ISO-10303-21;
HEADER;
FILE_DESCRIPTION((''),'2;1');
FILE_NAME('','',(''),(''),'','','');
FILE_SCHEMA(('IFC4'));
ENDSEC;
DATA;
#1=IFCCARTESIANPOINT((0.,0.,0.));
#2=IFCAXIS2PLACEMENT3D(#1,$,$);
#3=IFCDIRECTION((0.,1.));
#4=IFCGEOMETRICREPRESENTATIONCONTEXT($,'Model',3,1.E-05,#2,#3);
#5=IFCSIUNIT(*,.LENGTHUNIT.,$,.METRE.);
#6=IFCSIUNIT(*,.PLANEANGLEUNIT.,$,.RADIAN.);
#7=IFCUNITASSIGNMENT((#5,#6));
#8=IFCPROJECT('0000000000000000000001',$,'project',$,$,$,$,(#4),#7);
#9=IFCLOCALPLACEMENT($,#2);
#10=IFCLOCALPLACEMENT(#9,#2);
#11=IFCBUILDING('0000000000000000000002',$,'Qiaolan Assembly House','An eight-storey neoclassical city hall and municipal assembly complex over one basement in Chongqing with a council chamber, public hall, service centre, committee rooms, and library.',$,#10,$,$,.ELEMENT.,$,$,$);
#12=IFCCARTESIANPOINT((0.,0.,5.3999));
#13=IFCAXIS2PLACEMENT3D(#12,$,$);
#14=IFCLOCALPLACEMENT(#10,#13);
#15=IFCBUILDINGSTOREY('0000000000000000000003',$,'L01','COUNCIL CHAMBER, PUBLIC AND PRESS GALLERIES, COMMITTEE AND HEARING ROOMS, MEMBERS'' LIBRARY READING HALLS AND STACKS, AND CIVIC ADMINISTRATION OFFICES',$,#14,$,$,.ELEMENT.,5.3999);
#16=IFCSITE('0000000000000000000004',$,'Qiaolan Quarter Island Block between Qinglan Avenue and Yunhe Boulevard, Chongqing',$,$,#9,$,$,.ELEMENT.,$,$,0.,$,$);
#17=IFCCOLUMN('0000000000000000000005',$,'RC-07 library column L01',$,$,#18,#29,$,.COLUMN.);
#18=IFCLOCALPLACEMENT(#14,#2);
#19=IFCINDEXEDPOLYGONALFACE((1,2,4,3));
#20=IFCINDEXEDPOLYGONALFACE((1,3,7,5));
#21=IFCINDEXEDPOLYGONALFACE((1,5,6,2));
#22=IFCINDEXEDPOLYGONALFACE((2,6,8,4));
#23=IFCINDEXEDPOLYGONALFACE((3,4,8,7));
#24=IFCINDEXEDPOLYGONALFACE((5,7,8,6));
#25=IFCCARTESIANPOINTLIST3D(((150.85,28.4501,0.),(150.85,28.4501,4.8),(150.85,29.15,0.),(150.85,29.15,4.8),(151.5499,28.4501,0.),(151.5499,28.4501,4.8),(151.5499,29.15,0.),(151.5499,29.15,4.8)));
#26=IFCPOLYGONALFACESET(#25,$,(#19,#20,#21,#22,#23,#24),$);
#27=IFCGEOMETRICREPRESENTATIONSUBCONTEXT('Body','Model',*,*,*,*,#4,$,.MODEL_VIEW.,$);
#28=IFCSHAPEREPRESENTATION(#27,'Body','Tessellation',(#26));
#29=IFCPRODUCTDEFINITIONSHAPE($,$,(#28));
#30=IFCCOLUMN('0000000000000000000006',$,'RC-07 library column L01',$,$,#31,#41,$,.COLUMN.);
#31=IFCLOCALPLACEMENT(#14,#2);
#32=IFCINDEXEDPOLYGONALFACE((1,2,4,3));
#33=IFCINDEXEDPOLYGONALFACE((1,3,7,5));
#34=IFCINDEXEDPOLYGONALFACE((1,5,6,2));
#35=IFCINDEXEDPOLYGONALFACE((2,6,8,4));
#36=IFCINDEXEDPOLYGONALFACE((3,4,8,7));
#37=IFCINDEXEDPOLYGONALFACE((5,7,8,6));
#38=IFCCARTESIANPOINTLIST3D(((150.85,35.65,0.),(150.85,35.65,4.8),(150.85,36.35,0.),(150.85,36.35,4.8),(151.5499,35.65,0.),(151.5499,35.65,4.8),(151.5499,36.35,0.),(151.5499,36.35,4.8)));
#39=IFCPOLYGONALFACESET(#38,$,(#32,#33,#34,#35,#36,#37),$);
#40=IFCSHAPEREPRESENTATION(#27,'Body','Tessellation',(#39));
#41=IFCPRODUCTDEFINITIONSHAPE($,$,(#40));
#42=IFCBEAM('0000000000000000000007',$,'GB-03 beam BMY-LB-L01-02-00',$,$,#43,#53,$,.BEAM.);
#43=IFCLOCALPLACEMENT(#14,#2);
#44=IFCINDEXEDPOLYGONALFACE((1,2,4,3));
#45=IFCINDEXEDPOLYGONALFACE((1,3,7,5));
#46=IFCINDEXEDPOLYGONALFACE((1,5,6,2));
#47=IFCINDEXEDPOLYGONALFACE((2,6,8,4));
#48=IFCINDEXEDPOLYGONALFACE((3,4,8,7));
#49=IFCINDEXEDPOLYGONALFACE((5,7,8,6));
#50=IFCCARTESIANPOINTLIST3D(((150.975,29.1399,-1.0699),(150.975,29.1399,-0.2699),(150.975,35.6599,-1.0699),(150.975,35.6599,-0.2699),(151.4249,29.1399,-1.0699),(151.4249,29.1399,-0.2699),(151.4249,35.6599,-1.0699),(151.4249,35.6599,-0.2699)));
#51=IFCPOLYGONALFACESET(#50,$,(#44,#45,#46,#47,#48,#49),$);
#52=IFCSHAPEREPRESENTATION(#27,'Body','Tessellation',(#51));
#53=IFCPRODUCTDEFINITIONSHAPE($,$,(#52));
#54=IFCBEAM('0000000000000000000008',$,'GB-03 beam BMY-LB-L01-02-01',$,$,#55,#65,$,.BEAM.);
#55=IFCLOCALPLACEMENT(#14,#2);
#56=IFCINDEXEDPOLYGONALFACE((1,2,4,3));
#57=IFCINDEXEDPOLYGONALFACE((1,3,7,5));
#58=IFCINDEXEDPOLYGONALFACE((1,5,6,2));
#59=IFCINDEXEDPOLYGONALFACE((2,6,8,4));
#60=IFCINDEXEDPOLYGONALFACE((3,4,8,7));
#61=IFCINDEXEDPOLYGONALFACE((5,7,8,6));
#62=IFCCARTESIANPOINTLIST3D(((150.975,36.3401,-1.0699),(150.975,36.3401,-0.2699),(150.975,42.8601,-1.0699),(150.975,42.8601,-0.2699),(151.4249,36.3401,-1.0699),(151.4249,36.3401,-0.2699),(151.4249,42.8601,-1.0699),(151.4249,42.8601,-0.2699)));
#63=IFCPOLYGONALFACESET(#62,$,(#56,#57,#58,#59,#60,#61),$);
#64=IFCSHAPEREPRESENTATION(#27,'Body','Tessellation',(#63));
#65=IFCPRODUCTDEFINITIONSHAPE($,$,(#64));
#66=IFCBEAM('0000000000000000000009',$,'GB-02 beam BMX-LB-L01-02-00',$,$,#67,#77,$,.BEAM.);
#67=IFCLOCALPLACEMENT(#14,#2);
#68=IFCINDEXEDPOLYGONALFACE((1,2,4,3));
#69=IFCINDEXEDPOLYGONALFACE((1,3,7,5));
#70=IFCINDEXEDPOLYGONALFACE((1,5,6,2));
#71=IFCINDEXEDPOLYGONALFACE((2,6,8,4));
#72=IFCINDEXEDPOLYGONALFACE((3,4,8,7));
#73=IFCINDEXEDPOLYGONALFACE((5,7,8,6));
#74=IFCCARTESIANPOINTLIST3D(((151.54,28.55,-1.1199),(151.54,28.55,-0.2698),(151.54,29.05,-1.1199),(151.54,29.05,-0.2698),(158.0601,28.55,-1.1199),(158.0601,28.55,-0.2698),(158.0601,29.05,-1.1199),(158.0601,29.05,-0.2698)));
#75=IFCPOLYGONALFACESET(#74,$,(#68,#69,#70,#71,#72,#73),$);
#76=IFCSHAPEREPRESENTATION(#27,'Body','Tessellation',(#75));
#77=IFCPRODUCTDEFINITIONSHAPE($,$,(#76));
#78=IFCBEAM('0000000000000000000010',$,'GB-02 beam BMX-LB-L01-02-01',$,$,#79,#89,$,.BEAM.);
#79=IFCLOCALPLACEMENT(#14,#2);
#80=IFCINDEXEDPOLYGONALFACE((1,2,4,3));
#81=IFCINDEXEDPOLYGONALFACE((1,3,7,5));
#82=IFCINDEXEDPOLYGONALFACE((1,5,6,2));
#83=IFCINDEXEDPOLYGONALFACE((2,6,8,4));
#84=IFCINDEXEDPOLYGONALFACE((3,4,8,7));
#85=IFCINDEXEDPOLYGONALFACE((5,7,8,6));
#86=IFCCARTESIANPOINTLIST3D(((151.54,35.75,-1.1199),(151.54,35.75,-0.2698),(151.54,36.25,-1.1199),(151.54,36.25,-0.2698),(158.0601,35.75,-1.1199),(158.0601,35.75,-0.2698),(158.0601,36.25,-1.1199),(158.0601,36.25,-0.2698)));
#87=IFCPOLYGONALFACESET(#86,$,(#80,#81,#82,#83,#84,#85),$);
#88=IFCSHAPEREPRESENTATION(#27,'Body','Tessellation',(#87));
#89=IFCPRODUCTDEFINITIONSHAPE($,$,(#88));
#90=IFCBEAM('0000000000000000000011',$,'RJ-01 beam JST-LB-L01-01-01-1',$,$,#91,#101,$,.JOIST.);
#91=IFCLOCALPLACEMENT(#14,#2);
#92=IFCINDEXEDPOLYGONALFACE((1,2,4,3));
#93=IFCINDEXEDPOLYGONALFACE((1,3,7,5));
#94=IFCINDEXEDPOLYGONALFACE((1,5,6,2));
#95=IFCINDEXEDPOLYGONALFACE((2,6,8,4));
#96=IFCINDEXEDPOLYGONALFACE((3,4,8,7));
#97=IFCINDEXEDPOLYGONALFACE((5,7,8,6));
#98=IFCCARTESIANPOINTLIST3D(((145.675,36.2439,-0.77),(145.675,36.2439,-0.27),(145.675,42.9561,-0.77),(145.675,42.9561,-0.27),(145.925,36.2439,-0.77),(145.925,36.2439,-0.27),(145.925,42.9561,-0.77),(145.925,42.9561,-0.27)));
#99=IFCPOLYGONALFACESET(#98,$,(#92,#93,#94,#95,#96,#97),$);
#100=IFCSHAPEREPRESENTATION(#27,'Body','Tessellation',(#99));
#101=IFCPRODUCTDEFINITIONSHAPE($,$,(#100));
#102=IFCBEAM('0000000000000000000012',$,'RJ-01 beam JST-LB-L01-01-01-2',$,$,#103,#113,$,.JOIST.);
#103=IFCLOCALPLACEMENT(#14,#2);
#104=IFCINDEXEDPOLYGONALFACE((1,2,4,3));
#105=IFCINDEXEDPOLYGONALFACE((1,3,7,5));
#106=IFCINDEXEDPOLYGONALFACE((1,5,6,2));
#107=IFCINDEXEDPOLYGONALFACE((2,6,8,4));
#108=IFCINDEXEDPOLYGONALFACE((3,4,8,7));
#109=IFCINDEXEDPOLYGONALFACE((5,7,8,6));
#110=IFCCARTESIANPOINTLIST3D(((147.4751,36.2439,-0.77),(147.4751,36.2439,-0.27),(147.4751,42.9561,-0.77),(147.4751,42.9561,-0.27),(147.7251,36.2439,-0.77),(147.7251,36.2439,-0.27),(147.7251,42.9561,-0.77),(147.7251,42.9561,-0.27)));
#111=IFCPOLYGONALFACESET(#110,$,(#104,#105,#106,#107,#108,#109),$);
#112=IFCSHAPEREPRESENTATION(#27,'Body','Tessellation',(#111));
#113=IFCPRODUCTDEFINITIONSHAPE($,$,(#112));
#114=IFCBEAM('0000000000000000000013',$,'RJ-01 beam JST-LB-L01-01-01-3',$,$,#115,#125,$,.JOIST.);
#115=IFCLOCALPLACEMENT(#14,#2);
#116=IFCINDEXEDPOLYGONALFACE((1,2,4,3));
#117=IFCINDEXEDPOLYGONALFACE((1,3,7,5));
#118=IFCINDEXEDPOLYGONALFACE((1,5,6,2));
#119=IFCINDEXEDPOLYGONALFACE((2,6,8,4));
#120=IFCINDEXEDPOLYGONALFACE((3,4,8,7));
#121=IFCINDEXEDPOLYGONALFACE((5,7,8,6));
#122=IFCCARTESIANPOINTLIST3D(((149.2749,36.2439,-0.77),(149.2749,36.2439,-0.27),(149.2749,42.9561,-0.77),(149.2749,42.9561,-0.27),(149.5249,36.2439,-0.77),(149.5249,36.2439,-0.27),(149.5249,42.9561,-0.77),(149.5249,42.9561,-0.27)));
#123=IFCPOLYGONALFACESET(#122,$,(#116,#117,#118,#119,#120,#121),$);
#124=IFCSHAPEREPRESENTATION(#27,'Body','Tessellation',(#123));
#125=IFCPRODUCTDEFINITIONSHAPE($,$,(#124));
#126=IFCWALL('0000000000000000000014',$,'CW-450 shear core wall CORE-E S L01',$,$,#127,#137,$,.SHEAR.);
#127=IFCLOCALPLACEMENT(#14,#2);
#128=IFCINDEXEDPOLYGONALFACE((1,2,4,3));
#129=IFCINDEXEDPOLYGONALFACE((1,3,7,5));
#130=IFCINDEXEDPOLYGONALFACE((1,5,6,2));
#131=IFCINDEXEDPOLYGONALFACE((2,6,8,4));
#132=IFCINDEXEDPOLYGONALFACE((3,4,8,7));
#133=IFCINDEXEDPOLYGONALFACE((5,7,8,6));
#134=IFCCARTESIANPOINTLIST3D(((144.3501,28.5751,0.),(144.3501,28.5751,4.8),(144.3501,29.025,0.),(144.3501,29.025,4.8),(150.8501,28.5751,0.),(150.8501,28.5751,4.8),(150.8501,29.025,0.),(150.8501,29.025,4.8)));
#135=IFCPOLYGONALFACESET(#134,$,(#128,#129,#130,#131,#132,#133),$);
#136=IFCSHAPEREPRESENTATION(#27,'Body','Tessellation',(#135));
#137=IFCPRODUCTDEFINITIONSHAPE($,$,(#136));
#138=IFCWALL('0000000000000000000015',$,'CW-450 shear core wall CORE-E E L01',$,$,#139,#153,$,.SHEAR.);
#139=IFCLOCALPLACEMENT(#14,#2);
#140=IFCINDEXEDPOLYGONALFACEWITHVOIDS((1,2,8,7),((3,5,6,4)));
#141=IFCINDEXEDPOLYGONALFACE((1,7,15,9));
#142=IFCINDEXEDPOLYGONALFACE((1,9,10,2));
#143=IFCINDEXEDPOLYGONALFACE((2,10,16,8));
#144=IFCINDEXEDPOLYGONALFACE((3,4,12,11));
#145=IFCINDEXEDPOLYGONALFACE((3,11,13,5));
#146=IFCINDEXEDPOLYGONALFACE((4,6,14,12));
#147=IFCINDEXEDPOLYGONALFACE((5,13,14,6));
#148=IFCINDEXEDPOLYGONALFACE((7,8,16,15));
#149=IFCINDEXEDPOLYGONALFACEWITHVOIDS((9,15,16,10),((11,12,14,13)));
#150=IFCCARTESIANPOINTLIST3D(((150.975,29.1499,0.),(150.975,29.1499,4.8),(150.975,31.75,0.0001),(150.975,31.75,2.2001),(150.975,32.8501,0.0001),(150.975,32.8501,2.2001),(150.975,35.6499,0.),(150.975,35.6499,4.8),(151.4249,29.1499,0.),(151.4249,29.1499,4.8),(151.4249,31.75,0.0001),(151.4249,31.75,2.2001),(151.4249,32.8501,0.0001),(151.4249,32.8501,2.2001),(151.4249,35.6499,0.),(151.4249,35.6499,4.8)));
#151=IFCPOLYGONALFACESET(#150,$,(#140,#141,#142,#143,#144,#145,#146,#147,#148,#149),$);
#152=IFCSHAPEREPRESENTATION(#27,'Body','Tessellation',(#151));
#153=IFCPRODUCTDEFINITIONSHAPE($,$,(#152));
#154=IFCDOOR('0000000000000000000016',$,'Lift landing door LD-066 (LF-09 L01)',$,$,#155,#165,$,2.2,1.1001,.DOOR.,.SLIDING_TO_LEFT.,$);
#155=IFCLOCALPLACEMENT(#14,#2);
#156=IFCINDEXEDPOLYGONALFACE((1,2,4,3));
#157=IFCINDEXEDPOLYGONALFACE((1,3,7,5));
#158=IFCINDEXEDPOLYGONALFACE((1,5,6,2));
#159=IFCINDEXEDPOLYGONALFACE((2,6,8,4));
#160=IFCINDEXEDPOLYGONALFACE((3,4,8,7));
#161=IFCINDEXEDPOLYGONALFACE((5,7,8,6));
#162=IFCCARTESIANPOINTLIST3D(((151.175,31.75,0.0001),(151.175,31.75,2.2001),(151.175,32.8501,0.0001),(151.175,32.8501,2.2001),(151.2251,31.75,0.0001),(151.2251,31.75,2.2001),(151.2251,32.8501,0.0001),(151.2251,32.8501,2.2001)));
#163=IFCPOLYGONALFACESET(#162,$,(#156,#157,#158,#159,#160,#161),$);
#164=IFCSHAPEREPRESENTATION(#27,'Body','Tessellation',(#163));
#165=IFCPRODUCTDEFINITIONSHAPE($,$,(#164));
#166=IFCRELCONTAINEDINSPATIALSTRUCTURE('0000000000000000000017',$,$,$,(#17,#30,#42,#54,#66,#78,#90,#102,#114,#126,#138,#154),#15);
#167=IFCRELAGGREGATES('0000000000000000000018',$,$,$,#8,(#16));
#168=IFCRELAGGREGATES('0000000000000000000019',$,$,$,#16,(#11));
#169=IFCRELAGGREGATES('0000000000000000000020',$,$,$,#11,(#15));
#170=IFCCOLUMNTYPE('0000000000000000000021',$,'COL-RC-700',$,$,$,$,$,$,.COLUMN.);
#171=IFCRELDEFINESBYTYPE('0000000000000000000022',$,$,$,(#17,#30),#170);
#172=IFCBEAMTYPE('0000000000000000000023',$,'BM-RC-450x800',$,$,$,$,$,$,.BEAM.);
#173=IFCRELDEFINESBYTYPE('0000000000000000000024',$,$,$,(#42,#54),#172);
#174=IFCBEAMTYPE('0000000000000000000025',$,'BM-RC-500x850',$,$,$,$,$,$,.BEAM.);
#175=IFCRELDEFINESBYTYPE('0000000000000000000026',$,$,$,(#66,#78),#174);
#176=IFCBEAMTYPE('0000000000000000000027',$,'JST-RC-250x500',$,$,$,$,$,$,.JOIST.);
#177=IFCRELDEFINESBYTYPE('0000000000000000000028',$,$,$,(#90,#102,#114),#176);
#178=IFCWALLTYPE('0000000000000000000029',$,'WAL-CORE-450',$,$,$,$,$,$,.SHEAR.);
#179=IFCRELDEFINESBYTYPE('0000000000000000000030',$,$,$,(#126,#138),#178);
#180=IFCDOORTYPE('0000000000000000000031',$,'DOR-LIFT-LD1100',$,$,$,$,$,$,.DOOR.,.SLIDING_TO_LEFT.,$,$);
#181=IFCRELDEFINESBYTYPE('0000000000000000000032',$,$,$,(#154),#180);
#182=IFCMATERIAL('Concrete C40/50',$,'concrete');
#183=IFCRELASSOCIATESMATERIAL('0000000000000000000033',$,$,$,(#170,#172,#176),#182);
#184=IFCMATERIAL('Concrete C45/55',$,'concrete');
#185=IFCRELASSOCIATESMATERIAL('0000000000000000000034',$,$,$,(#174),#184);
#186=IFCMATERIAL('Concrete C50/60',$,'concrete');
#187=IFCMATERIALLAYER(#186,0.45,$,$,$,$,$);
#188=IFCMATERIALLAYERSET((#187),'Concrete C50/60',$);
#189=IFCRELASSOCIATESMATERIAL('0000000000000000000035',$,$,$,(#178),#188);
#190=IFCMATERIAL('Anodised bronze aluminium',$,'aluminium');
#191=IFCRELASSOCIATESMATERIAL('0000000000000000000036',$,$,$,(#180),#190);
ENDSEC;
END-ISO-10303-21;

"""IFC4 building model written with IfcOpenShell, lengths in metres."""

from ifc_helpers import new_model, si_unit, direction, frame, frame_2d, origin, origin_2d, place, context, subcontext, project, spatial, rectangle, extrude, material, layer, layer_set, material_profile, profile_set, type_object, element, fill, save


model = new_model("IFC4")

# Units and contexts
model_context = context("Model", 3, precision=1e-05, world=origin(), true_north=direction((0.0, 1.0)))
body_context = subcontext(model_context, "Body", "Model", "MODEL_VIEW")
ifc_project = project(units=[si_unit("LENGTHUNIT", "METRE"), si_unit("PLANEANGLEUNIT", "RADIAN")], contexts=[model_context])

# Site, building, storey
site_placement = place(None, origin())
site = spatial("IfcSite", under=ifc_project, at=site_placement, Name="Qiaolan Quarter Island Block between Qinglan Avenue and Yunhe Boulevard, Chongqing", CompositionType="ELEMENT", RefElevation=0.0)
building_placement = place(site_placement, origin())
building = spatial("IfcBuilding", under=site, at=building_placement, Name="Qiaolan Assembly House", Description="An eight-storey neoclassical city hall and municipal assembly complex over one basement in Chongqing with a council chamber, public hall, service centre, committee rooms, and library.", CompositionType="ELEMENT")
storey_placement = place(building_placement, frame((0.0, 0.0, 5.3999)))
storey = spatial("IfcBuildingStorey", under=building, at=storey_placement, Name="L01", Description="COUNCIL CHAMBER, PUBLIC AND PRESS GALLERIES, COMMITTEE AND HEARING ROOMS, MEMBERS' LIBRARY READING HALLS AND STACKS, AND CIVIC ADMINISTRATION OFFICES", CompositionType="ELEMENT", Elevation=5.3999)

# Columns
ifc_material_1 = material(Name="Concrete C40/50", Category="concrete")
ifc_material_profile_1 = material_profile(ifc_material_1, rectangle(XDim=0.7, YDim=0.7, at=origin_2d()), Name="RC 700x700")
ifc_profile_set_1 = profile_set([ifc_material_profile_1], Name="Concrete C40/50")
column_type = type_object("IfcColumnType", Name="COL-RC-700", PredefinedType="COLUMN", material=ifc_profile_set_1)
for number, where, z_axis, x_axis, name in (
    (1, (151.2, 28.8, 0.0), (0.0, 0.0, 1.0), (1.0, 0.0, 0.0), "RC-07 library column L01"),
    (2, (151.2, 36.0, 0.0), (0.0, 0.0, 1.0), (1.0, 0.0, 0.0), "RC-07 library column L01"),
):
    element("IfcColumn", number, at=place(storey_placement, frame(where, z_axis=z_axis, x_axis=x_axis)), inside=storey, type_object=column_type, Name=name, PredefinedType="COLUMN", context=body_context, shape_type="SweptSolid", body=[
        extrude(rectangle(XDim=0.7, YDim=0.7, at=origin_2d()), origin(), (0.0, 0.0, 1.0), 4.8),
    ])

# Beams
ifc_material_profile_2 = material_profile(ifc_material_1, rectangle(XDim=0.45, YDim=0.8, at=origin_2d()), Name="RCB 450x800")
ifc_profile_set_2 = profile_set([ifc_material_profile_2], Name="Concrete C40/50")
beam_type_1 = type_object("IfcBeamType", Name="BM-RC-450x800", PredefinedType="BEAM", material=ifc_profile_set_2)
for number, where, z_axis, x_axis, name in (
    (3, (151.2, 29.1399, -0.6699), (0.0, 1.0, 0.0), (-1.0, 0.0, 0.0), "GB-03 beam BMY-LB-L01-02-00"),
    (4, (151.2, 36.3401, -0.6699), (0.0, 1.0, 0.0), (-1.0, 0.0, 0.0), "GB-03 beam BMY-LB-L01-02-01"),
):
    element("IfcBeam", number, at=place(storey_placement, frame(where, z_axis=z_axis, x_axis=x_axis)), inside=storey, type_object=beam_type_1, Name=name, PredefinedType="BEAM", context=body_context, shape_type="SweptSolid", body=[
        extrude(rectangle(XDim=0.45, YDim=0.8, at=origin_2d()), origin(), (0.0, 0.0, 1.0), 6.52),
    ])
ifc_material_2 = material(Name="Concrete C45/55", Category="concrete")
ifc_material_profile_3 = material_profile(ifc_material_2, rectangle(XDim=0.5, YDim=0.8501, at=origin_2d()), Name="RCB 500x850")
ifc_profile_set_3 = profile_set([ifc_material_profile_3], Name="Concrete C45/55")
beam_type_2 = type_object("IfcBeamType", Name="BM-RC-500x850", PredefinedType="BEAM", material=ifc_profile_set_3)
for number, where, z_axis, x_axis, name in (
    (5, (151.54, 28.8, -0.6948), (1.0, 0.0, 0.0), (0.0, 1.0, 0.0), "GB-02 beam BMX-LB-L01-02-00"),
    (6, (151.54, 36.0, -0.6948), (1.0, 0.0, 0.0), (0.0, 1.0, 0.0), "GB-02 beam BMX-LB-L01-02-01"),
):
    element("IfcBeam", number, at=place(storey_placement, frame(where, z_axis=z_axis, x_axis=x_axis)), inside=storey, type_object=beam_type_2, Name=name, PredefinedType="BEAM", context=body_context, shape_type="SweptSolid", body=[
        extrude(rectangle(XDim=0.5, YDim=0.8501, at=origin_2d()), origin(), (0.0, 0.0, 1.0), 6.52),
    ])
ifc_material_profile_4 = material_profile(ifc_material_1, rectangle(XDim=0.25, YDim=0.5, at=origin_2d()), Name="RCB 250x500")
ifc_profile_set_4 = profile_set([ifc_material_profile_4], Name="Concrete C40/50")
beam_type_3 = type_object("IfcBeamType", Name="JST-RC-250x500", PredefinedType="JOIST", material=ifc_profile_set_4)
for number, where, z_axis, x_axis, name in (
    (7, (145.8, 36.2439, -0.52), (0.0, 1.0, 0.0), (-1.0, 0.0, 0.0), "RJ-01 beam JST-LB-L01-01-01-1"),
    (8, (147.6001, 36.2439, -0.52), (0.0, 1.0, 0.0), (-1.0, 0.0, 0.0), "RJ-01 beam JST-LB-L01-01-01-2"),
    (9, (149.3999, 36.2439, -0.52), (0.0, 1.0, 0.0), (-1.0, 0.0, 0.0), "RJ-01 beam JST-LB-L01-01-01-3"),
):
    element("IfcBeam", number, at=place(storey_placement, frame(where, z_axis=z_axis, x_axis=x_axis)), inside=storey, type_object=beam_type_3, Name=name, PredefinedType="JOIST", context=body_context, shape_type="SweptSolid", body=[
        extrude(rectangle(XDim=0.25, YDim=0.5, at=origin_2d()), origin(), (0.0, 0.0, 1.0), 6.7122),
    ])

# Wall
ifc_material_3 = material(Name="Concrete C50/60", Category="concrete")
ifc_layer_1 = layer(ifc_material_3, 0.45)
ifc_layer_set_1 = layer_set([ifc_layer_1], Name="Concrete C50/60")
wall_type_1 = type_object("IfcWallType", Name="WAL-CORE-450", PredefinedType="SHEAR", material=ifc_layer_set_1)
wall_1_placement = place(storey_placement, frame((144.3501, 28.8, 0.0), z_axis=(0.0, 0.0, 1.0), x_axis=(1.0, 0.0, 0.0)))
element("IfcWall", 10, at=wall_1_placement, inside=storey, type_object=wall_type_1, Name="CW-450 shear core wall CORE-E S L01", PredefinedType="SHEAR", context=body_context, shape_type="SweptSolid", body=[
    extrude(rectangle(XDim=6.5, YDim=0.45, at=frame_2d((3.25, 0.0))), origin(), (0.0, 0.0, 1.0), 4.8),
])

# Wall, opening, door
wall_2_placement = place(storey_placement, frame((151.2, 29.1499, 0.0), z_axis=(0.0, 0.0, 1.0), x_axis=(0.0, 1.0, 0.0)))
wall_2 = element("IfcWall", 11, at=wall_2_placement, inside=storey, type_object=wall_type_1, Name="CW-450 shear core wall CORE-E E L01", PredefinedType="SHEAR", context=body_context, shape_type="SweptSolid", body=[
    extrude(rectangle(XDim=6.5, YDim=0.45, at=frame_2d((3.25, 0.0))), origin(), (0.0, 0.0, 1.0), 4.8),
])
opening_1_placement = place(wall_2_placement, frame((2.6001, 0.0, 0.0)))
opening_1 = element("IfcOpeningElement", 12, at=opening_1_placement, cuts=wall_2, PredefinedType="OPENING", context=body_context, shape_type="SweptSolid", body=[
    extrude(rectangle(XDim=1.1001, YDim=2.2, at=frame_2d((0.55, 1.1001))), frame((0.0, 0.2349, 0.0), z_axis=(0.0, -1.0, 0.0), x_axis=(1.0, 0.0, 0.0)), (0.0, 0.0, 1.0), 0.47),
])
ifc_material_4 = material(Name="Anodised bronze aluminium", Category="aluminium")
door_type_1 = type_object("IfcDoorType", Name="DOR-LIFT-LD1100", OperationType="SLIDING_TO_LEFT", PredefinedType="DOOR", material=ifc_material_4)
door_1_placement = place(opening_1_placement, origin())
door_1 = element("IfcDoor", 13, at=door_1_placement, inside=storey, type_object=door_type_1, Name="Lift landing door LD-066 (LF-09 L01)", OperationType="SLIDING_TO_LEFT", OverallHeight=2.2, OverallWidth=1.1001, PredefinedType="DOOR", context=body_context, shape_type="SweptSolid", body=[
    extrude(rectangle(XDim=1.1001, YDim=2.2, at=frame_2d((0.55, 1.1001))), frame((0.0, 0.0249, 0.0), z_axis=(0.0, -1.0, 0.0), x_axis=(1.0, 0.0, 0.0)), (0.0, 0.0, 1.0), 0.05),
])
fill(opening_1, door_1)

save(model, "model.ifc")
